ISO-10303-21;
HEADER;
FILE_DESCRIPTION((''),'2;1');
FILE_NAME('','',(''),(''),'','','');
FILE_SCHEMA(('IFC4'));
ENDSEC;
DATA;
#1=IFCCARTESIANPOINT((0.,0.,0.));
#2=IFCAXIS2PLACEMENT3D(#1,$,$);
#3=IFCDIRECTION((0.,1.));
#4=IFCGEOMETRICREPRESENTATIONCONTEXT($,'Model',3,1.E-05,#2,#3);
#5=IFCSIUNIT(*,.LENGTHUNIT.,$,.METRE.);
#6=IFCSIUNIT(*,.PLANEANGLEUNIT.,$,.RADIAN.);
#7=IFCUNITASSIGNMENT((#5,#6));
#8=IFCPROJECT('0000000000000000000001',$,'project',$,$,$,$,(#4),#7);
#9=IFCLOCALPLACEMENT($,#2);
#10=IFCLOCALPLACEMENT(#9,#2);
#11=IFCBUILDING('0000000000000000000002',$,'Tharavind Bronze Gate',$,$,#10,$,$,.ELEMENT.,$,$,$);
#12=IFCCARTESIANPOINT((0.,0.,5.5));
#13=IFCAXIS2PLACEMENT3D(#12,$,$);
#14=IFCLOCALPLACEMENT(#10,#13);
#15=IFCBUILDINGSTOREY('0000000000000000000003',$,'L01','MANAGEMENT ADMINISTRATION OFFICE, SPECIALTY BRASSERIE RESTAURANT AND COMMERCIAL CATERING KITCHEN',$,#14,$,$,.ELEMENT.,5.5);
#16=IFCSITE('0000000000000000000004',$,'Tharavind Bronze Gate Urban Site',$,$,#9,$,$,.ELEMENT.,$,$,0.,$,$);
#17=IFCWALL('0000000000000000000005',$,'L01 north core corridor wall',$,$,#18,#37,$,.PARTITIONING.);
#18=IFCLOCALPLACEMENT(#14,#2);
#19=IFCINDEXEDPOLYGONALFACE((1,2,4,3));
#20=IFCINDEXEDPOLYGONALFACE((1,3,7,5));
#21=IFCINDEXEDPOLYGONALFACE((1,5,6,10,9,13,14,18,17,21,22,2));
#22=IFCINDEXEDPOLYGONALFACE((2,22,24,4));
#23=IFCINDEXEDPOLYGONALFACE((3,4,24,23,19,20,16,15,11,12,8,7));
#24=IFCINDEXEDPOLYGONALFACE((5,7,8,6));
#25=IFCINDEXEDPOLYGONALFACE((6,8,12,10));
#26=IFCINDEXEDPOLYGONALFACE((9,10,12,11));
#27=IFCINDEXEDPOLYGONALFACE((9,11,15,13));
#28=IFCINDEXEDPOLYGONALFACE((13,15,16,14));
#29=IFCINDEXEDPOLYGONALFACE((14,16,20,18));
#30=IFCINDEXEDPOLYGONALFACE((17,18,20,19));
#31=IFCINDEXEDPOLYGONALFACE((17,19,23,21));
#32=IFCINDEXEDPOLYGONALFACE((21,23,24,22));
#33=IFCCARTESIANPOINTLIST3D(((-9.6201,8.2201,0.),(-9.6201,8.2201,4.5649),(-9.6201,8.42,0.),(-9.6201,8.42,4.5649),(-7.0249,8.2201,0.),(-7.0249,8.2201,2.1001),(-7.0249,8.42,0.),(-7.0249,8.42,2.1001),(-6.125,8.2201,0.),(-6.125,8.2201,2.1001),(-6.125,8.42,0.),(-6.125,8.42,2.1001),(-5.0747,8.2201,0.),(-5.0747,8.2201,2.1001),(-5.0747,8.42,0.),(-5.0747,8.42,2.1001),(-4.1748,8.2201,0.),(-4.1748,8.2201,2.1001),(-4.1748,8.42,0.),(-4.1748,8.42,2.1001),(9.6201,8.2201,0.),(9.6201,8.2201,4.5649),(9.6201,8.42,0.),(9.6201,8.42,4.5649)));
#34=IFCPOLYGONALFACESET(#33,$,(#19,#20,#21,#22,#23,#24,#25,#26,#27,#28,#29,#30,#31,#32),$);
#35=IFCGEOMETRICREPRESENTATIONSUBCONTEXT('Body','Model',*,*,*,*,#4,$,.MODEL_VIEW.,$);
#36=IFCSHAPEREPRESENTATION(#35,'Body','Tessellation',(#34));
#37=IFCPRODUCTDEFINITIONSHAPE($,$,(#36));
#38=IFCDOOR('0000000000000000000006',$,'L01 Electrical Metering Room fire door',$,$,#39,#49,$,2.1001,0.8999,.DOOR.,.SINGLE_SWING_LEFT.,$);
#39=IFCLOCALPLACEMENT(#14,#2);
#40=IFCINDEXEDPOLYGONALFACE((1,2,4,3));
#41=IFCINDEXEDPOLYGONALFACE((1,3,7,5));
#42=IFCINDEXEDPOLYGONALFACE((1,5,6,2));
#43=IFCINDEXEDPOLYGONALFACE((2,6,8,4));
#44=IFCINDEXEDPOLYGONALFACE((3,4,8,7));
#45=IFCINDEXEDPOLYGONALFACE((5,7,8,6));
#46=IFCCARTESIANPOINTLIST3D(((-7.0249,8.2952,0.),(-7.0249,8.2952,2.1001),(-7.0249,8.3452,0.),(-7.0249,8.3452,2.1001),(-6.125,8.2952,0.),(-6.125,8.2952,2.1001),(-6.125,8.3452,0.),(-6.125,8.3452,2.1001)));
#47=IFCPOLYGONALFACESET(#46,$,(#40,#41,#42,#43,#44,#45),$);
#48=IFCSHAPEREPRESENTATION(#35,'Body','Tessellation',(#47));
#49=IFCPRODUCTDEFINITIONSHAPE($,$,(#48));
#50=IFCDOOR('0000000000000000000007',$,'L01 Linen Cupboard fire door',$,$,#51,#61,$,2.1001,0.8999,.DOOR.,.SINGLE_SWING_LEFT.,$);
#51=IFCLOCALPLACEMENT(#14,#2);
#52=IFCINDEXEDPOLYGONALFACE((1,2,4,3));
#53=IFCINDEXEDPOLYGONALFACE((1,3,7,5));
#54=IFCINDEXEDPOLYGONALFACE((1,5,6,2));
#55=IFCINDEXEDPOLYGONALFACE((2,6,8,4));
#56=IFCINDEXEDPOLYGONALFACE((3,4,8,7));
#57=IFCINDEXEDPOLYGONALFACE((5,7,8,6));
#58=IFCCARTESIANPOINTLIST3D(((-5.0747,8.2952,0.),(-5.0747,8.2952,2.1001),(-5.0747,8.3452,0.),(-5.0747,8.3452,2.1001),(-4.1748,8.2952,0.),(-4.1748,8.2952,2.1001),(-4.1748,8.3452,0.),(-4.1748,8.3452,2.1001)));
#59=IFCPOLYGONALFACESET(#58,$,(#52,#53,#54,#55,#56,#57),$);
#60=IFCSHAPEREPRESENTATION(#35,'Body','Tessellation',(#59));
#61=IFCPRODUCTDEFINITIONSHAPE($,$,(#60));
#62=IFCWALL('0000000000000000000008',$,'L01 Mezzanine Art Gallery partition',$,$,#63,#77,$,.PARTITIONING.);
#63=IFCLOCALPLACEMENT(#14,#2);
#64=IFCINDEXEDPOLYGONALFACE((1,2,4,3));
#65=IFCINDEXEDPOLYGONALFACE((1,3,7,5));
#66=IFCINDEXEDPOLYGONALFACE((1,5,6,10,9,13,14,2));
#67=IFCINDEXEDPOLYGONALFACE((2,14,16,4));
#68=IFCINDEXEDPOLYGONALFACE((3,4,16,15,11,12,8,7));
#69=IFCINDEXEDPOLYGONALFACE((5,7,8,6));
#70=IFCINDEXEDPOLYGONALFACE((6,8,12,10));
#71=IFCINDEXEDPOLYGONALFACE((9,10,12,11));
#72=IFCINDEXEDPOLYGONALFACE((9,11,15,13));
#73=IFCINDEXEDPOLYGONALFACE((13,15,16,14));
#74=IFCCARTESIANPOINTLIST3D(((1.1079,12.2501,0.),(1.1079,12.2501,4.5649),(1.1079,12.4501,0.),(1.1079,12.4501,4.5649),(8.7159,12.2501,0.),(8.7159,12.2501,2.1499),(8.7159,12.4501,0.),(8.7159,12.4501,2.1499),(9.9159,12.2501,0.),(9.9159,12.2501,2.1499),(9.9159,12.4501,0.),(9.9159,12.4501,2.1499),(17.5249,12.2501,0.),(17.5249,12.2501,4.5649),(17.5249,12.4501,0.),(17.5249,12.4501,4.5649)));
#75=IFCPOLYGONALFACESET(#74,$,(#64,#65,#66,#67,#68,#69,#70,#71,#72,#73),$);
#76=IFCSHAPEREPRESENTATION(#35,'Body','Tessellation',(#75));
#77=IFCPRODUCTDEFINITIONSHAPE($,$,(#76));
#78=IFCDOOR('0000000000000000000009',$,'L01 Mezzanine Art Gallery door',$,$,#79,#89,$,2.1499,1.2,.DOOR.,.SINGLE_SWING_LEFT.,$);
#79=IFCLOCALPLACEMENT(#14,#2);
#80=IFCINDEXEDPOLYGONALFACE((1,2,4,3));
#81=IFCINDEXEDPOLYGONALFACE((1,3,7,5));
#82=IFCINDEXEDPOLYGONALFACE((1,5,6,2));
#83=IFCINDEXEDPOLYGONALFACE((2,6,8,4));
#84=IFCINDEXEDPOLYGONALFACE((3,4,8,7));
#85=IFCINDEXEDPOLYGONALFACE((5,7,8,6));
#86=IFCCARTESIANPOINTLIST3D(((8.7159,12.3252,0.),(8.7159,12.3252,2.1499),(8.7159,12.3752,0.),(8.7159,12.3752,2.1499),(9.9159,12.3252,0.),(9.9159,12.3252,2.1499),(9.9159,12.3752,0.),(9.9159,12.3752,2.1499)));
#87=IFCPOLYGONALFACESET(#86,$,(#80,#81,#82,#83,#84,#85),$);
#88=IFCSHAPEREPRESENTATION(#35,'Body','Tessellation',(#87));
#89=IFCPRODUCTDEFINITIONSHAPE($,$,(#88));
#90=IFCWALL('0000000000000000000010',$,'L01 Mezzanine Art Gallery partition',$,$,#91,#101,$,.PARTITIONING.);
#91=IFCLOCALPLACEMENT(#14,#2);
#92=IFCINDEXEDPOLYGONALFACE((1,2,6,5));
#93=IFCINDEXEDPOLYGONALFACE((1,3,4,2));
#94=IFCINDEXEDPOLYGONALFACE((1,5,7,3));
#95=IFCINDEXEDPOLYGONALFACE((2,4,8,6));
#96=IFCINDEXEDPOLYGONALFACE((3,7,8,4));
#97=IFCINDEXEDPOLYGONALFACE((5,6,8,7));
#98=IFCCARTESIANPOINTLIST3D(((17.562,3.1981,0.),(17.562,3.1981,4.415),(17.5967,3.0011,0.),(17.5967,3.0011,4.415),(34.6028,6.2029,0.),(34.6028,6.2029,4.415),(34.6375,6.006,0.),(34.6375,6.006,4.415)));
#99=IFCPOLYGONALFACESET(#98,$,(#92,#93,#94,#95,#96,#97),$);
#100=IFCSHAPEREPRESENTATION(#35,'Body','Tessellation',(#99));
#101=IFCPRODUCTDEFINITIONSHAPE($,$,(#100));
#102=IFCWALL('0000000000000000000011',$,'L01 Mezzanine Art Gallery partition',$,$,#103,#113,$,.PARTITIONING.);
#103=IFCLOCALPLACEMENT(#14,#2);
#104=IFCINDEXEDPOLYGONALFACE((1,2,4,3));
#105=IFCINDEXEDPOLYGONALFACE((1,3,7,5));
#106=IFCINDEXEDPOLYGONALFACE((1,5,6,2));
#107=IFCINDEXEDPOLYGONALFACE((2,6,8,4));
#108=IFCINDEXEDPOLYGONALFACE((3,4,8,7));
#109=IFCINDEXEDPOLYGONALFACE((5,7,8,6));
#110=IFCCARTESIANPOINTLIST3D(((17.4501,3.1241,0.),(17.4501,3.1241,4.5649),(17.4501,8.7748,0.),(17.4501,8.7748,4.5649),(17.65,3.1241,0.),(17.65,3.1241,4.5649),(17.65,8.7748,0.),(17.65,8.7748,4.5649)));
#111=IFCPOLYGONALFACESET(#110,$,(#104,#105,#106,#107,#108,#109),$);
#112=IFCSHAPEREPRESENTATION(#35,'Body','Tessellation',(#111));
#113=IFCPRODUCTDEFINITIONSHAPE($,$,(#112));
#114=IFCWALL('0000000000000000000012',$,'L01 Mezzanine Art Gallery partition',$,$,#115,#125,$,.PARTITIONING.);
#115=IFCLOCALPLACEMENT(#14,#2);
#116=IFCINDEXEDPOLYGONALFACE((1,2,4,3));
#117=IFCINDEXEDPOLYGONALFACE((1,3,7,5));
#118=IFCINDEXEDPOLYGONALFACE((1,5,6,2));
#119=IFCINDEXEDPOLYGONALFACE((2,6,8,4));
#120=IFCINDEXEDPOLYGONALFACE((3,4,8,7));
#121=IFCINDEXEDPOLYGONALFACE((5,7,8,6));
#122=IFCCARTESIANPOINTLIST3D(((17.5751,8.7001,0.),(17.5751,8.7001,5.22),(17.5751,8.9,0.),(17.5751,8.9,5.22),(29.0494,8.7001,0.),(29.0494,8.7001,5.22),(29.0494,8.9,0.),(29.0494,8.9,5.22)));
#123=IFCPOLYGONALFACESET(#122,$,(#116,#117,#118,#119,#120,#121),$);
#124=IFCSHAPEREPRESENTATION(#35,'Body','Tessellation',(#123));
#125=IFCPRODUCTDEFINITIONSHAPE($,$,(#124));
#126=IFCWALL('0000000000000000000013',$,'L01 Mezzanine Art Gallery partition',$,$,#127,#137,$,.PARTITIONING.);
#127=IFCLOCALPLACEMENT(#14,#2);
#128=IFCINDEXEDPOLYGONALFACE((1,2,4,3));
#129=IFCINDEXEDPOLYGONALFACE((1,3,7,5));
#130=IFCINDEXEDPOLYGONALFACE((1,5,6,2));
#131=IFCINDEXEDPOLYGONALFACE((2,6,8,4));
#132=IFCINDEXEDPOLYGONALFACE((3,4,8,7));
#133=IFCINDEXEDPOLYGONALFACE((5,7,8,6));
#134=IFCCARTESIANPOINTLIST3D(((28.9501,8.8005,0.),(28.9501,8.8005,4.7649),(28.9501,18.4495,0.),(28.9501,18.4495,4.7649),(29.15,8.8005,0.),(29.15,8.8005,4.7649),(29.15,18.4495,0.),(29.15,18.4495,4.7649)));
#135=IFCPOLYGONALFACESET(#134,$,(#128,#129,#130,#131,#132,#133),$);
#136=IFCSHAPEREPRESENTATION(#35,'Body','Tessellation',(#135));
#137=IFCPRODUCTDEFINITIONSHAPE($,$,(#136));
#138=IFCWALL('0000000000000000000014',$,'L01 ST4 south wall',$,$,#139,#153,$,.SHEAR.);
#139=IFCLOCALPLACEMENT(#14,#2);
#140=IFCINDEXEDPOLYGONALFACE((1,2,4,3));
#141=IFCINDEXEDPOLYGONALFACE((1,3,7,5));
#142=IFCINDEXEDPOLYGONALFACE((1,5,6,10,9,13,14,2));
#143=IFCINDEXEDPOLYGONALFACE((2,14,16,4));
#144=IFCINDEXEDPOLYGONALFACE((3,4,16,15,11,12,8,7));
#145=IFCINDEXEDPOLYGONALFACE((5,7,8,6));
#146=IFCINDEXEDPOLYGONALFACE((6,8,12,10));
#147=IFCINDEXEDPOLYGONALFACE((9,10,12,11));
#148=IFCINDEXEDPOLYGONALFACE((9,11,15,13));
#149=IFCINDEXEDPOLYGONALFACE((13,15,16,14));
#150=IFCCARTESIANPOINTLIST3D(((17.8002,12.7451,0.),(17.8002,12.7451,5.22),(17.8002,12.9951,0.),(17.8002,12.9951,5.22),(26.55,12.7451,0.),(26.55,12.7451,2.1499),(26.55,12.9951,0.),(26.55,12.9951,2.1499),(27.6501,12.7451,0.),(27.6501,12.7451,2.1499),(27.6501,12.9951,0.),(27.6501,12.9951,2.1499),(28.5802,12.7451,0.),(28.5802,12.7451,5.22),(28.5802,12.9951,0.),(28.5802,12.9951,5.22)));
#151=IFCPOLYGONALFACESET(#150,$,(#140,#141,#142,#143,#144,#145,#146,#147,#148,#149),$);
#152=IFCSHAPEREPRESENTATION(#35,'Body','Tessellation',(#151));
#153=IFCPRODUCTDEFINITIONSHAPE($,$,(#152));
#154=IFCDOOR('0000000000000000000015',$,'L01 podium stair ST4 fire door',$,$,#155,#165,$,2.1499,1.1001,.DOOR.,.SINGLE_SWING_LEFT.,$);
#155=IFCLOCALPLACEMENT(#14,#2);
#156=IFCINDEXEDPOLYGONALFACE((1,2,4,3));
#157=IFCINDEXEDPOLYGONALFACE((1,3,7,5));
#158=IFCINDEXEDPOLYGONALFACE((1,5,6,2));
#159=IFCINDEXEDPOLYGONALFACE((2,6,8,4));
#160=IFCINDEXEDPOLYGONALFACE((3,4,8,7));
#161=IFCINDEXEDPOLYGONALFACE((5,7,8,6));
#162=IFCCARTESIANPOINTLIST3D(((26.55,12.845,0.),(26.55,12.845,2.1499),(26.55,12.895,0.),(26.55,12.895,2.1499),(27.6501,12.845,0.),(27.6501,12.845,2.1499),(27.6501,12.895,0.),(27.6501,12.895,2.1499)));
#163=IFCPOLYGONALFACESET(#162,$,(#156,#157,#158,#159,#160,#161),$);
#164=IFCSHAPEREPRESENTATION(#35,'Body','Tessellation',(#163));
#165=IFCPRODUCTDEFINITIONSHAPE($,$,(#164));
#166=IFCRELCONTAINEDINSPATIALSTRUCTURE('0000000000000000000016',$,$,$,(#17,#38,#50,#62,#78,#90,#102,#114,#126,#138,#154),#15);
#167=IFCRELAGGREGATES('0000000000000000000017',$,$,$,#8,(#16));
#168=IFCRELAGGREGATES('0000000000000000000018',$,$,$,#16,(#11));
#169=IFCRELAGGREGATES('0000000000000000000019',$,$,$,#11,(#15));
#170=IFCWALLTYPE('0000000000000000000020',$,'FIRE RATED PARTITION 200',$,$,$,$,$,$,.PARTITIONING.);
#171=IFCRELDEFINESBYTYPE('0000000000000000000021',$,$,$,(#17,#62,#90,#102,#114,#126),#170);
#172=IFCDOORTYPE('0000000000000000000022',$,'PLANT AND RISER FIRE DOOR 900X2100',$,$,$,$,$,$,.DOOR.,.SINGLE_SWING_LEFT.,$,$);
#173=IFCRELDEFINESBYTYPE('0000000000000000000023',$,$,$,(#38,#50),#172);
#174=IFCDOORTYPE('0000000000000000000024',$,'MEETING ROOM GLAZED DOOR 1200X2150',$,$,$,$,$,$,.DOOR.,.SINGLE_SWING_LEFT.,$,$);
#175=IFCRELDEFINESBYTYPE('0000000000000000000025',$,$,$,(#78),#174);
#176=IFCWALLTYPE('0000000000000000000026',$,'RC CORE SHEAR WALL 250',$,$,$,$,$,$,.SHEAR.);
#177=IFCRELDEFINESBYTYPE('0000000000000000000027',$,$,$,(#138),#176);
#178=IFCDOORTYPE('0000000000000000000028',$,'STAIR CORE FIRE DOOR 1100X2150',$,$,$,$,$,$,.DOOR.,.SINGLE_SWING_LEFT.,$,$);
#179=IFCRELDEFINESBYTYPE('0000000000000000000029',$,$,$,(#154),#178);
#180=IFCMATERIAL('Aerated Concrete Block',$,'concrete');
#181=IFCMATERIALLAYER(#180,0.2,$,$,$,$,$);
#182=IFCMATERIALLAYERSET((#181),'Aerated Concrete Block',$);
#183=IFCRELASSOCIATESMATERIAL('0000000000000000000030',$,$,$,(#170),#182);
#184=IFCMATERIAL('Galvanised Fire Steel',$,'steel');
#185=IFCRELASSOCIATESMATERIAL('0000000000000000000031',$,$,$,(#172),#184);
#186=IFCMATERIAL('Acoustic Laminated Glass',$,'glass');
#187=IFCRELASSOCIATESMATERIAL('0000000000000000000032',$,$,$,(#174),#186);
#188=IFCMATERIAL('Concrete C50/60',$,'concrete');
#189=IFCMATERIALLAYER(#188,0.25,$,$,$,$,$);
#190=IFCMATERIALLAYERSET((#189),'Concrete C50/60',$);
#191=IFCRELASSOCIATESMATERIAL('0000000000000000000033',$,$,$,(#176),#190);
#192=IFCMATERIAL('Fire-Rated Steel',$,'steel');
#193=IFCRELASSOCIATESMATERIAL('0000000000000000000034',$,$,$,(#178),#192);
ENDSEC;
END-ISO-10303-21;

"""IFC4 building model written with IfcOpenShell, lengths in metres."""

from ifc_helpers import new_model, si_unit, direction, frame, frame_2d, origin, place, context, subcontext, project, spatial, rectangle, extrude, material, layer, layer_set, type_object, element, fill, save


model = new_model("IFC4")

# Units and contexts
model_context = context("Model", 3, precision=1e-05, world=origin(), true_north=direction((0.0, 1.0)))
body_context = subcontext(model_context, "Body", "Model", "MODEL_VIEW")
ifc_project = project(units=[si_unit("LENGTHUNIT", "METRE"), si_unit("PLANEANGLEUNIT", "RADIAN")], contexts=[model_context])

# Site, building, storey
site_placement = place(None, origin())
site = spatial("IfcSite", under=ifc_project, at=site_placement, Name="Tharavind Bronze Gate Urban Site", CompositionType="ELEMENT", RefElevation=0.0)
building_placement = place(site_placement, origin())
building = spatial("IfcBuilding", under=site, at=building_placement, Name="Tharavind Bronze Gate", CompositionType="ELEMENT")
storey_placement = place(building_placement, frame((0.0, 0.0, 5.5)))
storey = spatial("IfcBuildingStorey", under=building, at=storey_placement, Name="L01", Description="MANAGEMENT ADMINISTRATION OFFICE, SPECIALTY BRASSERIE RESTAURANT AND COMMERCIAL CATERING KITCHEN", CompositionType="ELEMENT", Elevation=5.5)

# Wall, openings, doors
ifc_material_1 = material(Name="Aerated Concrete Block", Category="concrete")
ifc_layer_1 = layer(ifc_material_1, 0.2)
ifc_layer_set_1 = layer_set([ifc_layer_1], Name="Aerated Concrete Block")
wall_type_1 = type_object("IfcWallType", Name="FIRE RATED PARTITION 200", PredefinedType="PARTITIONING", material=ifc_layer_set_1)
wall_1_placement = place(storey_placement, frame((9.6201, 8.3201, 0.0), z_axis=(0.0, 0.0, 1.0), x_axis=(-1.0, 0.0, 0.0)))
wall_1 = element("IfcWall", 1, at=wall_1_placement, inside=storey, type_object=wall_type_1, Name="L01 north core corridor wall", PredefinedType="PARTITIONING", context=body_context, shape_type="SweptSolid", body=[
    extrude(rectangle(XDim=19.2402, YDim=0.2, at=frame_2d((9.6201, 0.0))), origin(), (0.0, 0.0, 1.0), 4.5649),
])
opening_1_placement = place(wall_1_placement, frame((15.7451, 0.0, 0.0)))
opening_1 = element("IfcOpeningElement", 2, at=opening_1_placement, cuts=wall_1, PredefinedType="OPENING", context=body_context, shape_type="SweptSolid", body=[
    extrude(rectangle(XDim=0.8999, YDim=2.1001, at=frame_2d((0.45, 1.05))), frame((0.0, 0.1101, 0.0), z_axis=(0.0, -1.0, 0.0), x_axis=(1.0, 0.0, 0.0)), (0.0, 0.0, 1.0), 0.22),
])
opening_2_placement = place(wall_1_placement, frame((13.7949, 0.0, 0.0)))
opening_2 = element("IfcOpeningElement", 3, at=opening_2_placement, cuts=wall_1, PredefinedType="OPENING", context=body_context, shape_type="SweptSolid", body=[
    extrude(rectangle(XDim=0.8999, YDim=2.1001, at=frame_2d((0.45, 1.05))), frame((0.0, 0.1101, 0.0), z_axis=(0.0, -1.0, 0.0), x_axis=(1.0, 0.0, 0.0)), (0.0, 0.0, 1.0), 0.22),
])
ifc_material_2 = material(Name="Galvanised Fire Steel", Category="steel")
door_type_1 = type_object("IfcDoorType", Name="PLANT AND RISER FIRE DOOR 900X2100", OperationType="SINGLE_SWING_LEFT", PredefinedType="DOOR", material=ifc_material_2)
door_1_placement = place(opening_1_placement, origin())
door_1 = element("IfcDoor", 4, at=door_1_placement, inside=storey, type_object=door_type_1, Name="L01 Electrical Metering Room fire door", OperationType="SINGLE_SWING_LEFT", OverallHeight=2.1001, OverallWidth=0.8999, PredefinedType="DOOR", context=body_context, shape_type="SweptSolid", body=[
    extrude(rectangle(XDim=0.8999, YDim=2.1001, at=frame_2d((0.45, 1.05))), frame((0.0, 0.0249, 0.0), z_axis=(0.0, -1.0, 0.0), x_axis=(1.0, 0.0, 0.0)), (0.0, 0.0, 1.0), 0.05),
])
fill(opening_1, door_1)
door_2_placement = place(opening_2_placement, origin())
door_2 = element("IfcDoor", 5, at=door_2_placement, inside=storey, type_object=door_type_1, Name="L01 Linen Cupboard fire door", OperationType="SINGLE_SWING_LEFT", OverallHeight=2.1001, OverallWidth=0.8999, PredefinedType="DOOR", context=body_context, shape_type="SweptSolid", body=[
    extrude(rectangle(XDim=0.8999, YDim=2.1001, at=frame_2d((0.45, 1.05))), frame((0.0, 0.0249, 0.0), z_axis=(0.0, -1.0, 0.0), x_axis=(1.0, 0.0, 0.0)), (0.0, 0.0, 1.0), 0.05),
])
fill(opening_2, door_2)

# Wall, opening, door
wall_2_placement = place(storey_placement, frame((17.5249, 12.3501, 0.0), z_axis=(0.0, 0.0, 1.0), x_axis=(-1.0, 0.0, 0.0)))
wall_2 = element("IfcWall", 6, at=wall_2_placement, inside=storey, type_object=wall_type_1, Name="L01 Mezzanine Art Gallery partition", PredefinedType="PARTITIONING", context=body_context, shape_type="SweptSolid", body=[
    extrude(rectangle(XDim=16.417, YDim=0.2, at=frame_2d((8.2085, 0.0))), origin(), (0.0, 0.0, 1.0), 4.5649),
])
opening_3_placement = place(wall_2_placement, frame((7.6089, 0.0, 0.0)))
opening_3 = element("IfcOpeningElement", 7, at=opening_3_placement, cuts=wall_2, PredefinedType="OPENING", context=body_context, shape_type="SweptSolid", body=[
    extrude(rectangle(XDim=1.2, YDim=2.1499, at=frame_2d((0.6001, 1.075))), frame((0.0, 0.1101, 0.0), z_axis=(0.0, -1.0, 0.0), x_axis=(1.0, 0.0, 0.0)), (0.0, 0.0, 1.0), 0.22),
])
ifc_material_3 = material(Name="Acoustic Laminated Glass", Category="glass")
door_type_2 = type_object("IfcDoorType", Name="MEETING ROOM GLAZED DOOR 1200X2150", OperationType="SINGLE_SWING_LEFT", PredefinedType="DOOR", material=ifc_material_3)
door_3_placement = place(opening_3_placement, origin())
door_3 = element("IfcDoor", 8, at=door_3_placement, inside=storey, type_object=door_type_2, Name="L01 Mezzanine Art Gallery door", OperationType="SINGLE_SWING_LEFT", OverallHeight=2.1499, OverallWidth=1.2, PredefinedType="DOOR", context=body_context, shape_type="SweptSolid", body=[
    extrude(rectangle(XDim=1.2, YDim=2.1499, at=frame_2d((0.6001, 1.075))), frame((0.0, 0.0249, 0.0), z_axis=(0.0, -1.0, 0.0), x_axis=(1.0, 0.0, 0.0)), (0.0, 0.0, 1.0), 0.05),
])
fill(opening_3, door_3)

# Walls
wall_3_placement = place(storey_placement, frame((34.6201, 6.1045, 0.0), z_axis=(0.0, 0.0, 1.0), x_axis=(-0.984806, -0.173656, 0.0)))
element("IfcWall", 9, at=wall_3_placement, inside=storey, type_object=wall_type_1, Name="L01 Mezzanine Art Gallery partition", PredefinedType="PARTITIONING", context=body_context, shape_type="SweptSolid", body=[
    extrude(rectangle(XDim=17.3037, YDim=0.2, at=frame_2d((8.6519, 0.0))), origin(), (0.0, 0.0, 1.0), 4.415),
])
wall_4_placement = place(storey_placement, frame((17.55, 3.1243, 0.0), z_axis=(0.0, 0.0, 1.0), x_axis=(0.0, 1.0, 0.0)))
element("IfcWall", 10, at=wall_4_placement, inside=storey, type_object=wall_type_1, Name="L01 Mezzanine Art Gallery partition", PredefinedType="PARTITIONING", context=body_context, shape_type="SweptSolid", body=[
    extrude(rectangle(XDim=5.6506, YDim=0.2, at=frame_2d((2.8252, 0.0))), origin(), (0.0, 0.0, 1.0), 4.5649),
])
wall_5_placement = place(storey_placement, frame((17.575, 8.8, 0.0), z_axis=(0.0, 0.0, 1.0), x_axis=(1.0, 0.0, 0.0)))
element("IfcWall", 11, at=wall_5_placement, inside=storey, type_object=wall_type_1, Name="L01 Mezzanine Art Gallery partition", PredefinedType="PARTITIONING", context=body_context, shape_type="SweptSolid", body=[
    extrude(rectangle(XDim=11.4744, YDim=0.2, at=frame_2d((5.7373, 0.0))), origin(), (0.0, 0.0, 1.0), 5.22),
])
wall_6_placement = place(storey_placement, frame((29.05, 8.8005, 0.0), z_axis=(0.0, 0.0, 1.0), x_axis=(0.0, 1.0, 0.0)))
element("IfcWall", 12, at=wall_6_placement, inside=storey, type_object=wall_type_1, Name="L01 Mezzanine Art Gallery partition", PredefinedType="PARTITIONING", context=body_context, shape_type="SweptSolid", body=[
    extrude(rectangle(XDim=9.6489, YDim=0.2, at=frame_2d((4.8245, 0.0))), origin(), (0.0, 0.0, 1.0), 4.7649),
])

# Wall, opening, door
ifc_material_4 = material(Name="Concrete C50/60", Category="concrete")
ifc_layer_2 = layer(ifc_material_4, 0.25)
ifc_layer_set_2 = layer_set([ifc_layer_2], Name="Concrete C50/60")
wall_type_2 = type_object("IfcWallType", Name="RC CORE SHEAR WALL 250", PredefinedType="SHEAR", material=ifc_layer_set_2)
wall_7_placement = place(storey_placement, frame((17.8, 12.8701, 0.0), z_axis=(0.0, 0.0, 1.0), x_axis=(1.0, 0.0, 0.0)))
wall_7 = element("IfcWall", 13, at=wall_7_placement, inside=storey, type_object=wall_type_2, Name="L01 ST4 south wall", PredefinedType="SHEAR", context=body_context, shape_type="SweptSolid", body=[
    extrude(rectangle(XDim=10.78, YDim=0.25, at=frame_2d((5.3901, 0.0))), origin(), (0.0, 0.0, 1.0), 5.22),
])
opening_4_placement = place(wall_7_placement, frame((8.75, 0.0, 0.0)))
opening_4 = element("IfcOpeningElement", 14, at=opening_4_placement, cuts=wall_7, PredefinedType="OPENING", context=body_context, shape_type="SweptSolid", body=[
    extrude(rectangle(XDim=1.1001, YDim=2.1499, at=frame_2d((0.55, 1.075))), frame((0.0, 0.135, 0.0), z_axis=(0.0, -1.0, 0.0), x_axis=(1.0, 0.0, 0.0)), (0.0, 0.0, 1.0), 0.27),
])
ifc_material_5 = material(Name="Fire-Rated Steel", Category="steel")
door_type_3 = type_object("IfcDoorType", Name="STAIR CORE FIRE DOOR 1100X2150", OperationType="SINGLE_SWING_LEFT", PredefinedType="DOOR", material=ifc_material_5)
door_4_placement = place(opening_4_placement, origin())
door_4 = element("IfcDoor", 15, at=door_4_placement, inside=storey, type_object=door_type_3, Name="L01 podium stair ST4 fire door", OperationType="SINGLE_SWING_LEFT", OverallHeight=2.1499, OverallWidth=1.1001, PredefinedType="DOOR", context=body_context, shape_type="SweptSolid", body=[
    extrude(rectangle(XDim=1.1001, YDim=2.1499, at=frame_2d((0.55, 1.075))), frame((0.0, 0.0249, 0.0), z_axis=(0.0, -1.0, 0.0), x_axis=(1.0, 0.0, 0.0)), (0.0, 0.0, 1.0), 0.05),
])
fill(opening_4, door_4)

save(model, "model.ifc")
